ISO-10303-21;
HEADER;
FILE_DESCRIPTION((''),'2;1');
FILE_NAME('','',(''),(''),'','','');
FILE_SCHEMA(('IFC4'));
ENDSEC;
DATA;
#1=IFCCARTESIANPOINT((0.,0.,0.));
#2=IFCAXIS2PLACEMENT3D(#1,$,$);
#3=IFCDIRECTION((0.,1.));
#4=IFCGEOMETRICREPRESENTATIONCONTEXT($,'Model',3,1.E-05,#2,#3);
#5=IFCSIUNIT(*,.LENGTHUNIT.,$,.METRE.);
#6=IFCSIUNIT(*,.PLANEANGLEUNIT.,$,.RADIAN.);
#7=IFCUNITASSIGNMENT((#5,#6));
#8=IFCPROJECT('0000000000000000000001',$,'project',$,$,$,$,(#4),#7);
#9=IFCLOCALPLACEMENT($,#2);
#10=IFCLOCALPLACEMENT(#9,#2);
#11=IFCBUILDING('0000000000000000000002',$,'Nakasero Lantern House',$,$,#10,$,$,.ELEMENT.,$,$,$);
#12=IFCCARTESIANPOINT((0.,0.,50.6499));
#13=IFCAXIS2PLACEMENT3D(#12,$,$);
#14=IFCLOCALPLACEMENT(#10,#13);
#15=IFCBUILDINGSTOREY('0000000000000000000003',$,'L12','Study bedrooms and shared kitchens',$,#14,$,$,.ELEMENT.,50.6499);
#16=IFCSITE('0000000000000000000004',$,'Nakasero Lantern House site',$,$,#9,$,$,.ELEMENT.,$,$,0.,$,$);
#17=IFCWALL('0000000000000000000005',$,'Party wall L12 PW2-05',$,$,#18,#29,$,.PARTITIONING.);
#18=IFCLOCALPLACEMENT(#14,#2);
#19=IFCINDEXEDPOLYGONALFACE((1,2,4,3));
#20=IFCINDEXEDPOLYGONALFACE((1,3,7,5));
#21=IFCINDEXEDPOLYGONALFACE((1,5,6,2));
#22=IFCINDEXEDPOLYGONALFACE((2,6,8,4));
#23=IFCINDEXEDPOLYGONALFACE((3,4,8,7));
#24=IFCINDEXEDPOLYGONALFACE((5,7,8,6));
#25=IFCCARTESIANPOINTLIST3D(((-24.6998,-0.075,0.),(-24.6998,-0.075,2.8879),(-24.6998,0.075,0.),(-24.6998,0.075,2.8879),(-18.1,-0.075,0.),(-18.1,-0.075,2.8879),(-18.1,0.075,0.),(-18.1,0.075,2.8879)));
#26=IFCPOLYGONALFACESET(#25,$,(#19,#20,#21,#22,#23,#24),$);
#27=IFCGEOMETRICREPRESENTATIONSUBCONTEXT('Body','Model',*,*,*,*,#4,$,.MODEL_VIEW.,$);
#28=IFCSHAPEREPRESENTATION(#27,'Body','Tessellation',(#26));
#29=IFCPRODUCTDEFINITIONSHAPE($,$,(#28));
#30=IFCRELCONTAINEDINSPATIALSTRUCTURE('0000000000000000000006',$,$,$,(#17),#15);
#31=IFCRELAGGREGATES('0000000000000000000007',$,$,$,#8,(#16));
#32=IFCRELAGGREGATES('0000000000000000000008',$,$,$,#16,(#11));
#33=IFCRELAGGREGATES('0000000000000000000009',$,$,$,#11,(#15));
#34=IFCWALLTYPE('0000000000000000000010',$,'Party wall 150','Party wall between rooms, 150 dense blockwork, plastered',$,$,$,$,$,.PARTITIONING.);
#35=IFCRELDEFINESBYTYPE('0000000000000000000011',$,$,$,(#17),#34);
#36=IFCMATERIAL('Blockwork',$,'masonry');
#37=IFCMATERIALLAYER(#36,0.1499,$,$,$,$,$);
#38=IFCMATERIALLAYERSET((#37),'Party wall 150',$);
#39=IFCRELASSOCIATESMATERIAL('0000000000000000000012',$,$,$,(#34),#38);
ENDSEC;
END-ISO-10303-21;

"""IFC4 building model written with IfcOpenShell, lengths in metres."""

from ifc_helpers import new_model, si_unit, direction, frame, frame_2d, origin, place, context, subcontext, project, spatial, rectangle, extrude, material, layer, layer_set, type_object, element, save


model = new_model("IFC4")

# Units and contexts
model_context = context("Model", 3, precision=1e-05, world=origin(), true_north=direction((0.0, 1.0)))
body_context = subcontext(model_context, "Body", "Model", "MODEL_VIEW")
ifc_project = project(units=[si_unit("LENGTHUNIT", "METRE"), si_unit("PLANEANGLEUNIT", "RADIAN")], contexts=[model_context])

# Site, building, storey
site_placement = place(None, origin())
site = spatial("IfcSite", under=ifc_project, at=site_placement, Name="Nakasero Lantern House site", CompositionType="ELEMENT", RefElevation=0.0)
building_placement = place(site_placement, origin())
building = spatial("IfcBuilding", under=site, at=building_placement, Name="Nakasero Lantern House", CompositionType="ELEMENT")
storey_placement = place(building_placement, frame((0.0, 0.0, 50.6499)))
storey = spatial("IfcBuildingStorey", under=building, at=storey_placement, Name="L12", Description="Study bedrooms and shared kitchens", CompositionType="ELEMENT", Elevation=50.6499)

# Wall
ifc_material_1 = material(Name="Blockwork", Category="masonry")
ifc_layer_1 = layer(ifc_material_1, 0.1499)
ifc_layer_set_1 = layer_set([ifc_layer_1], Name="Party wall 150")
wall_type_1 = type_object("IfcWallType", Name="Party wall 150", Description="Party wall between rooms, 150 dense blockwork, plastered", PredefinedType="PARTITIONING", material=ifc_layer_set_1)
wall_1_placement = place(storey_placement, frame((-18.1001, 0.0, 0.0), z_axis=(0.0, 0.0, 1.0), x_axis=(-1.0, 0.0, 0.0)))
element("IfcWall", 1, at=wall_1_placement, inside=storey, type_object=wall_type_1, Name="Party wall L12 PW2-05", PredefinedType="PARTITIONING", context=body_context, shape_type="SweptSolid", body=[
    extrude(rectangle(XDim=6.5999, YDim=0.1499, at=frame_2d((3.2998, 0.0))), origin(), (0.0, 0.0, 1.0), 2.8879),
])

save(model, "model.ifc")
